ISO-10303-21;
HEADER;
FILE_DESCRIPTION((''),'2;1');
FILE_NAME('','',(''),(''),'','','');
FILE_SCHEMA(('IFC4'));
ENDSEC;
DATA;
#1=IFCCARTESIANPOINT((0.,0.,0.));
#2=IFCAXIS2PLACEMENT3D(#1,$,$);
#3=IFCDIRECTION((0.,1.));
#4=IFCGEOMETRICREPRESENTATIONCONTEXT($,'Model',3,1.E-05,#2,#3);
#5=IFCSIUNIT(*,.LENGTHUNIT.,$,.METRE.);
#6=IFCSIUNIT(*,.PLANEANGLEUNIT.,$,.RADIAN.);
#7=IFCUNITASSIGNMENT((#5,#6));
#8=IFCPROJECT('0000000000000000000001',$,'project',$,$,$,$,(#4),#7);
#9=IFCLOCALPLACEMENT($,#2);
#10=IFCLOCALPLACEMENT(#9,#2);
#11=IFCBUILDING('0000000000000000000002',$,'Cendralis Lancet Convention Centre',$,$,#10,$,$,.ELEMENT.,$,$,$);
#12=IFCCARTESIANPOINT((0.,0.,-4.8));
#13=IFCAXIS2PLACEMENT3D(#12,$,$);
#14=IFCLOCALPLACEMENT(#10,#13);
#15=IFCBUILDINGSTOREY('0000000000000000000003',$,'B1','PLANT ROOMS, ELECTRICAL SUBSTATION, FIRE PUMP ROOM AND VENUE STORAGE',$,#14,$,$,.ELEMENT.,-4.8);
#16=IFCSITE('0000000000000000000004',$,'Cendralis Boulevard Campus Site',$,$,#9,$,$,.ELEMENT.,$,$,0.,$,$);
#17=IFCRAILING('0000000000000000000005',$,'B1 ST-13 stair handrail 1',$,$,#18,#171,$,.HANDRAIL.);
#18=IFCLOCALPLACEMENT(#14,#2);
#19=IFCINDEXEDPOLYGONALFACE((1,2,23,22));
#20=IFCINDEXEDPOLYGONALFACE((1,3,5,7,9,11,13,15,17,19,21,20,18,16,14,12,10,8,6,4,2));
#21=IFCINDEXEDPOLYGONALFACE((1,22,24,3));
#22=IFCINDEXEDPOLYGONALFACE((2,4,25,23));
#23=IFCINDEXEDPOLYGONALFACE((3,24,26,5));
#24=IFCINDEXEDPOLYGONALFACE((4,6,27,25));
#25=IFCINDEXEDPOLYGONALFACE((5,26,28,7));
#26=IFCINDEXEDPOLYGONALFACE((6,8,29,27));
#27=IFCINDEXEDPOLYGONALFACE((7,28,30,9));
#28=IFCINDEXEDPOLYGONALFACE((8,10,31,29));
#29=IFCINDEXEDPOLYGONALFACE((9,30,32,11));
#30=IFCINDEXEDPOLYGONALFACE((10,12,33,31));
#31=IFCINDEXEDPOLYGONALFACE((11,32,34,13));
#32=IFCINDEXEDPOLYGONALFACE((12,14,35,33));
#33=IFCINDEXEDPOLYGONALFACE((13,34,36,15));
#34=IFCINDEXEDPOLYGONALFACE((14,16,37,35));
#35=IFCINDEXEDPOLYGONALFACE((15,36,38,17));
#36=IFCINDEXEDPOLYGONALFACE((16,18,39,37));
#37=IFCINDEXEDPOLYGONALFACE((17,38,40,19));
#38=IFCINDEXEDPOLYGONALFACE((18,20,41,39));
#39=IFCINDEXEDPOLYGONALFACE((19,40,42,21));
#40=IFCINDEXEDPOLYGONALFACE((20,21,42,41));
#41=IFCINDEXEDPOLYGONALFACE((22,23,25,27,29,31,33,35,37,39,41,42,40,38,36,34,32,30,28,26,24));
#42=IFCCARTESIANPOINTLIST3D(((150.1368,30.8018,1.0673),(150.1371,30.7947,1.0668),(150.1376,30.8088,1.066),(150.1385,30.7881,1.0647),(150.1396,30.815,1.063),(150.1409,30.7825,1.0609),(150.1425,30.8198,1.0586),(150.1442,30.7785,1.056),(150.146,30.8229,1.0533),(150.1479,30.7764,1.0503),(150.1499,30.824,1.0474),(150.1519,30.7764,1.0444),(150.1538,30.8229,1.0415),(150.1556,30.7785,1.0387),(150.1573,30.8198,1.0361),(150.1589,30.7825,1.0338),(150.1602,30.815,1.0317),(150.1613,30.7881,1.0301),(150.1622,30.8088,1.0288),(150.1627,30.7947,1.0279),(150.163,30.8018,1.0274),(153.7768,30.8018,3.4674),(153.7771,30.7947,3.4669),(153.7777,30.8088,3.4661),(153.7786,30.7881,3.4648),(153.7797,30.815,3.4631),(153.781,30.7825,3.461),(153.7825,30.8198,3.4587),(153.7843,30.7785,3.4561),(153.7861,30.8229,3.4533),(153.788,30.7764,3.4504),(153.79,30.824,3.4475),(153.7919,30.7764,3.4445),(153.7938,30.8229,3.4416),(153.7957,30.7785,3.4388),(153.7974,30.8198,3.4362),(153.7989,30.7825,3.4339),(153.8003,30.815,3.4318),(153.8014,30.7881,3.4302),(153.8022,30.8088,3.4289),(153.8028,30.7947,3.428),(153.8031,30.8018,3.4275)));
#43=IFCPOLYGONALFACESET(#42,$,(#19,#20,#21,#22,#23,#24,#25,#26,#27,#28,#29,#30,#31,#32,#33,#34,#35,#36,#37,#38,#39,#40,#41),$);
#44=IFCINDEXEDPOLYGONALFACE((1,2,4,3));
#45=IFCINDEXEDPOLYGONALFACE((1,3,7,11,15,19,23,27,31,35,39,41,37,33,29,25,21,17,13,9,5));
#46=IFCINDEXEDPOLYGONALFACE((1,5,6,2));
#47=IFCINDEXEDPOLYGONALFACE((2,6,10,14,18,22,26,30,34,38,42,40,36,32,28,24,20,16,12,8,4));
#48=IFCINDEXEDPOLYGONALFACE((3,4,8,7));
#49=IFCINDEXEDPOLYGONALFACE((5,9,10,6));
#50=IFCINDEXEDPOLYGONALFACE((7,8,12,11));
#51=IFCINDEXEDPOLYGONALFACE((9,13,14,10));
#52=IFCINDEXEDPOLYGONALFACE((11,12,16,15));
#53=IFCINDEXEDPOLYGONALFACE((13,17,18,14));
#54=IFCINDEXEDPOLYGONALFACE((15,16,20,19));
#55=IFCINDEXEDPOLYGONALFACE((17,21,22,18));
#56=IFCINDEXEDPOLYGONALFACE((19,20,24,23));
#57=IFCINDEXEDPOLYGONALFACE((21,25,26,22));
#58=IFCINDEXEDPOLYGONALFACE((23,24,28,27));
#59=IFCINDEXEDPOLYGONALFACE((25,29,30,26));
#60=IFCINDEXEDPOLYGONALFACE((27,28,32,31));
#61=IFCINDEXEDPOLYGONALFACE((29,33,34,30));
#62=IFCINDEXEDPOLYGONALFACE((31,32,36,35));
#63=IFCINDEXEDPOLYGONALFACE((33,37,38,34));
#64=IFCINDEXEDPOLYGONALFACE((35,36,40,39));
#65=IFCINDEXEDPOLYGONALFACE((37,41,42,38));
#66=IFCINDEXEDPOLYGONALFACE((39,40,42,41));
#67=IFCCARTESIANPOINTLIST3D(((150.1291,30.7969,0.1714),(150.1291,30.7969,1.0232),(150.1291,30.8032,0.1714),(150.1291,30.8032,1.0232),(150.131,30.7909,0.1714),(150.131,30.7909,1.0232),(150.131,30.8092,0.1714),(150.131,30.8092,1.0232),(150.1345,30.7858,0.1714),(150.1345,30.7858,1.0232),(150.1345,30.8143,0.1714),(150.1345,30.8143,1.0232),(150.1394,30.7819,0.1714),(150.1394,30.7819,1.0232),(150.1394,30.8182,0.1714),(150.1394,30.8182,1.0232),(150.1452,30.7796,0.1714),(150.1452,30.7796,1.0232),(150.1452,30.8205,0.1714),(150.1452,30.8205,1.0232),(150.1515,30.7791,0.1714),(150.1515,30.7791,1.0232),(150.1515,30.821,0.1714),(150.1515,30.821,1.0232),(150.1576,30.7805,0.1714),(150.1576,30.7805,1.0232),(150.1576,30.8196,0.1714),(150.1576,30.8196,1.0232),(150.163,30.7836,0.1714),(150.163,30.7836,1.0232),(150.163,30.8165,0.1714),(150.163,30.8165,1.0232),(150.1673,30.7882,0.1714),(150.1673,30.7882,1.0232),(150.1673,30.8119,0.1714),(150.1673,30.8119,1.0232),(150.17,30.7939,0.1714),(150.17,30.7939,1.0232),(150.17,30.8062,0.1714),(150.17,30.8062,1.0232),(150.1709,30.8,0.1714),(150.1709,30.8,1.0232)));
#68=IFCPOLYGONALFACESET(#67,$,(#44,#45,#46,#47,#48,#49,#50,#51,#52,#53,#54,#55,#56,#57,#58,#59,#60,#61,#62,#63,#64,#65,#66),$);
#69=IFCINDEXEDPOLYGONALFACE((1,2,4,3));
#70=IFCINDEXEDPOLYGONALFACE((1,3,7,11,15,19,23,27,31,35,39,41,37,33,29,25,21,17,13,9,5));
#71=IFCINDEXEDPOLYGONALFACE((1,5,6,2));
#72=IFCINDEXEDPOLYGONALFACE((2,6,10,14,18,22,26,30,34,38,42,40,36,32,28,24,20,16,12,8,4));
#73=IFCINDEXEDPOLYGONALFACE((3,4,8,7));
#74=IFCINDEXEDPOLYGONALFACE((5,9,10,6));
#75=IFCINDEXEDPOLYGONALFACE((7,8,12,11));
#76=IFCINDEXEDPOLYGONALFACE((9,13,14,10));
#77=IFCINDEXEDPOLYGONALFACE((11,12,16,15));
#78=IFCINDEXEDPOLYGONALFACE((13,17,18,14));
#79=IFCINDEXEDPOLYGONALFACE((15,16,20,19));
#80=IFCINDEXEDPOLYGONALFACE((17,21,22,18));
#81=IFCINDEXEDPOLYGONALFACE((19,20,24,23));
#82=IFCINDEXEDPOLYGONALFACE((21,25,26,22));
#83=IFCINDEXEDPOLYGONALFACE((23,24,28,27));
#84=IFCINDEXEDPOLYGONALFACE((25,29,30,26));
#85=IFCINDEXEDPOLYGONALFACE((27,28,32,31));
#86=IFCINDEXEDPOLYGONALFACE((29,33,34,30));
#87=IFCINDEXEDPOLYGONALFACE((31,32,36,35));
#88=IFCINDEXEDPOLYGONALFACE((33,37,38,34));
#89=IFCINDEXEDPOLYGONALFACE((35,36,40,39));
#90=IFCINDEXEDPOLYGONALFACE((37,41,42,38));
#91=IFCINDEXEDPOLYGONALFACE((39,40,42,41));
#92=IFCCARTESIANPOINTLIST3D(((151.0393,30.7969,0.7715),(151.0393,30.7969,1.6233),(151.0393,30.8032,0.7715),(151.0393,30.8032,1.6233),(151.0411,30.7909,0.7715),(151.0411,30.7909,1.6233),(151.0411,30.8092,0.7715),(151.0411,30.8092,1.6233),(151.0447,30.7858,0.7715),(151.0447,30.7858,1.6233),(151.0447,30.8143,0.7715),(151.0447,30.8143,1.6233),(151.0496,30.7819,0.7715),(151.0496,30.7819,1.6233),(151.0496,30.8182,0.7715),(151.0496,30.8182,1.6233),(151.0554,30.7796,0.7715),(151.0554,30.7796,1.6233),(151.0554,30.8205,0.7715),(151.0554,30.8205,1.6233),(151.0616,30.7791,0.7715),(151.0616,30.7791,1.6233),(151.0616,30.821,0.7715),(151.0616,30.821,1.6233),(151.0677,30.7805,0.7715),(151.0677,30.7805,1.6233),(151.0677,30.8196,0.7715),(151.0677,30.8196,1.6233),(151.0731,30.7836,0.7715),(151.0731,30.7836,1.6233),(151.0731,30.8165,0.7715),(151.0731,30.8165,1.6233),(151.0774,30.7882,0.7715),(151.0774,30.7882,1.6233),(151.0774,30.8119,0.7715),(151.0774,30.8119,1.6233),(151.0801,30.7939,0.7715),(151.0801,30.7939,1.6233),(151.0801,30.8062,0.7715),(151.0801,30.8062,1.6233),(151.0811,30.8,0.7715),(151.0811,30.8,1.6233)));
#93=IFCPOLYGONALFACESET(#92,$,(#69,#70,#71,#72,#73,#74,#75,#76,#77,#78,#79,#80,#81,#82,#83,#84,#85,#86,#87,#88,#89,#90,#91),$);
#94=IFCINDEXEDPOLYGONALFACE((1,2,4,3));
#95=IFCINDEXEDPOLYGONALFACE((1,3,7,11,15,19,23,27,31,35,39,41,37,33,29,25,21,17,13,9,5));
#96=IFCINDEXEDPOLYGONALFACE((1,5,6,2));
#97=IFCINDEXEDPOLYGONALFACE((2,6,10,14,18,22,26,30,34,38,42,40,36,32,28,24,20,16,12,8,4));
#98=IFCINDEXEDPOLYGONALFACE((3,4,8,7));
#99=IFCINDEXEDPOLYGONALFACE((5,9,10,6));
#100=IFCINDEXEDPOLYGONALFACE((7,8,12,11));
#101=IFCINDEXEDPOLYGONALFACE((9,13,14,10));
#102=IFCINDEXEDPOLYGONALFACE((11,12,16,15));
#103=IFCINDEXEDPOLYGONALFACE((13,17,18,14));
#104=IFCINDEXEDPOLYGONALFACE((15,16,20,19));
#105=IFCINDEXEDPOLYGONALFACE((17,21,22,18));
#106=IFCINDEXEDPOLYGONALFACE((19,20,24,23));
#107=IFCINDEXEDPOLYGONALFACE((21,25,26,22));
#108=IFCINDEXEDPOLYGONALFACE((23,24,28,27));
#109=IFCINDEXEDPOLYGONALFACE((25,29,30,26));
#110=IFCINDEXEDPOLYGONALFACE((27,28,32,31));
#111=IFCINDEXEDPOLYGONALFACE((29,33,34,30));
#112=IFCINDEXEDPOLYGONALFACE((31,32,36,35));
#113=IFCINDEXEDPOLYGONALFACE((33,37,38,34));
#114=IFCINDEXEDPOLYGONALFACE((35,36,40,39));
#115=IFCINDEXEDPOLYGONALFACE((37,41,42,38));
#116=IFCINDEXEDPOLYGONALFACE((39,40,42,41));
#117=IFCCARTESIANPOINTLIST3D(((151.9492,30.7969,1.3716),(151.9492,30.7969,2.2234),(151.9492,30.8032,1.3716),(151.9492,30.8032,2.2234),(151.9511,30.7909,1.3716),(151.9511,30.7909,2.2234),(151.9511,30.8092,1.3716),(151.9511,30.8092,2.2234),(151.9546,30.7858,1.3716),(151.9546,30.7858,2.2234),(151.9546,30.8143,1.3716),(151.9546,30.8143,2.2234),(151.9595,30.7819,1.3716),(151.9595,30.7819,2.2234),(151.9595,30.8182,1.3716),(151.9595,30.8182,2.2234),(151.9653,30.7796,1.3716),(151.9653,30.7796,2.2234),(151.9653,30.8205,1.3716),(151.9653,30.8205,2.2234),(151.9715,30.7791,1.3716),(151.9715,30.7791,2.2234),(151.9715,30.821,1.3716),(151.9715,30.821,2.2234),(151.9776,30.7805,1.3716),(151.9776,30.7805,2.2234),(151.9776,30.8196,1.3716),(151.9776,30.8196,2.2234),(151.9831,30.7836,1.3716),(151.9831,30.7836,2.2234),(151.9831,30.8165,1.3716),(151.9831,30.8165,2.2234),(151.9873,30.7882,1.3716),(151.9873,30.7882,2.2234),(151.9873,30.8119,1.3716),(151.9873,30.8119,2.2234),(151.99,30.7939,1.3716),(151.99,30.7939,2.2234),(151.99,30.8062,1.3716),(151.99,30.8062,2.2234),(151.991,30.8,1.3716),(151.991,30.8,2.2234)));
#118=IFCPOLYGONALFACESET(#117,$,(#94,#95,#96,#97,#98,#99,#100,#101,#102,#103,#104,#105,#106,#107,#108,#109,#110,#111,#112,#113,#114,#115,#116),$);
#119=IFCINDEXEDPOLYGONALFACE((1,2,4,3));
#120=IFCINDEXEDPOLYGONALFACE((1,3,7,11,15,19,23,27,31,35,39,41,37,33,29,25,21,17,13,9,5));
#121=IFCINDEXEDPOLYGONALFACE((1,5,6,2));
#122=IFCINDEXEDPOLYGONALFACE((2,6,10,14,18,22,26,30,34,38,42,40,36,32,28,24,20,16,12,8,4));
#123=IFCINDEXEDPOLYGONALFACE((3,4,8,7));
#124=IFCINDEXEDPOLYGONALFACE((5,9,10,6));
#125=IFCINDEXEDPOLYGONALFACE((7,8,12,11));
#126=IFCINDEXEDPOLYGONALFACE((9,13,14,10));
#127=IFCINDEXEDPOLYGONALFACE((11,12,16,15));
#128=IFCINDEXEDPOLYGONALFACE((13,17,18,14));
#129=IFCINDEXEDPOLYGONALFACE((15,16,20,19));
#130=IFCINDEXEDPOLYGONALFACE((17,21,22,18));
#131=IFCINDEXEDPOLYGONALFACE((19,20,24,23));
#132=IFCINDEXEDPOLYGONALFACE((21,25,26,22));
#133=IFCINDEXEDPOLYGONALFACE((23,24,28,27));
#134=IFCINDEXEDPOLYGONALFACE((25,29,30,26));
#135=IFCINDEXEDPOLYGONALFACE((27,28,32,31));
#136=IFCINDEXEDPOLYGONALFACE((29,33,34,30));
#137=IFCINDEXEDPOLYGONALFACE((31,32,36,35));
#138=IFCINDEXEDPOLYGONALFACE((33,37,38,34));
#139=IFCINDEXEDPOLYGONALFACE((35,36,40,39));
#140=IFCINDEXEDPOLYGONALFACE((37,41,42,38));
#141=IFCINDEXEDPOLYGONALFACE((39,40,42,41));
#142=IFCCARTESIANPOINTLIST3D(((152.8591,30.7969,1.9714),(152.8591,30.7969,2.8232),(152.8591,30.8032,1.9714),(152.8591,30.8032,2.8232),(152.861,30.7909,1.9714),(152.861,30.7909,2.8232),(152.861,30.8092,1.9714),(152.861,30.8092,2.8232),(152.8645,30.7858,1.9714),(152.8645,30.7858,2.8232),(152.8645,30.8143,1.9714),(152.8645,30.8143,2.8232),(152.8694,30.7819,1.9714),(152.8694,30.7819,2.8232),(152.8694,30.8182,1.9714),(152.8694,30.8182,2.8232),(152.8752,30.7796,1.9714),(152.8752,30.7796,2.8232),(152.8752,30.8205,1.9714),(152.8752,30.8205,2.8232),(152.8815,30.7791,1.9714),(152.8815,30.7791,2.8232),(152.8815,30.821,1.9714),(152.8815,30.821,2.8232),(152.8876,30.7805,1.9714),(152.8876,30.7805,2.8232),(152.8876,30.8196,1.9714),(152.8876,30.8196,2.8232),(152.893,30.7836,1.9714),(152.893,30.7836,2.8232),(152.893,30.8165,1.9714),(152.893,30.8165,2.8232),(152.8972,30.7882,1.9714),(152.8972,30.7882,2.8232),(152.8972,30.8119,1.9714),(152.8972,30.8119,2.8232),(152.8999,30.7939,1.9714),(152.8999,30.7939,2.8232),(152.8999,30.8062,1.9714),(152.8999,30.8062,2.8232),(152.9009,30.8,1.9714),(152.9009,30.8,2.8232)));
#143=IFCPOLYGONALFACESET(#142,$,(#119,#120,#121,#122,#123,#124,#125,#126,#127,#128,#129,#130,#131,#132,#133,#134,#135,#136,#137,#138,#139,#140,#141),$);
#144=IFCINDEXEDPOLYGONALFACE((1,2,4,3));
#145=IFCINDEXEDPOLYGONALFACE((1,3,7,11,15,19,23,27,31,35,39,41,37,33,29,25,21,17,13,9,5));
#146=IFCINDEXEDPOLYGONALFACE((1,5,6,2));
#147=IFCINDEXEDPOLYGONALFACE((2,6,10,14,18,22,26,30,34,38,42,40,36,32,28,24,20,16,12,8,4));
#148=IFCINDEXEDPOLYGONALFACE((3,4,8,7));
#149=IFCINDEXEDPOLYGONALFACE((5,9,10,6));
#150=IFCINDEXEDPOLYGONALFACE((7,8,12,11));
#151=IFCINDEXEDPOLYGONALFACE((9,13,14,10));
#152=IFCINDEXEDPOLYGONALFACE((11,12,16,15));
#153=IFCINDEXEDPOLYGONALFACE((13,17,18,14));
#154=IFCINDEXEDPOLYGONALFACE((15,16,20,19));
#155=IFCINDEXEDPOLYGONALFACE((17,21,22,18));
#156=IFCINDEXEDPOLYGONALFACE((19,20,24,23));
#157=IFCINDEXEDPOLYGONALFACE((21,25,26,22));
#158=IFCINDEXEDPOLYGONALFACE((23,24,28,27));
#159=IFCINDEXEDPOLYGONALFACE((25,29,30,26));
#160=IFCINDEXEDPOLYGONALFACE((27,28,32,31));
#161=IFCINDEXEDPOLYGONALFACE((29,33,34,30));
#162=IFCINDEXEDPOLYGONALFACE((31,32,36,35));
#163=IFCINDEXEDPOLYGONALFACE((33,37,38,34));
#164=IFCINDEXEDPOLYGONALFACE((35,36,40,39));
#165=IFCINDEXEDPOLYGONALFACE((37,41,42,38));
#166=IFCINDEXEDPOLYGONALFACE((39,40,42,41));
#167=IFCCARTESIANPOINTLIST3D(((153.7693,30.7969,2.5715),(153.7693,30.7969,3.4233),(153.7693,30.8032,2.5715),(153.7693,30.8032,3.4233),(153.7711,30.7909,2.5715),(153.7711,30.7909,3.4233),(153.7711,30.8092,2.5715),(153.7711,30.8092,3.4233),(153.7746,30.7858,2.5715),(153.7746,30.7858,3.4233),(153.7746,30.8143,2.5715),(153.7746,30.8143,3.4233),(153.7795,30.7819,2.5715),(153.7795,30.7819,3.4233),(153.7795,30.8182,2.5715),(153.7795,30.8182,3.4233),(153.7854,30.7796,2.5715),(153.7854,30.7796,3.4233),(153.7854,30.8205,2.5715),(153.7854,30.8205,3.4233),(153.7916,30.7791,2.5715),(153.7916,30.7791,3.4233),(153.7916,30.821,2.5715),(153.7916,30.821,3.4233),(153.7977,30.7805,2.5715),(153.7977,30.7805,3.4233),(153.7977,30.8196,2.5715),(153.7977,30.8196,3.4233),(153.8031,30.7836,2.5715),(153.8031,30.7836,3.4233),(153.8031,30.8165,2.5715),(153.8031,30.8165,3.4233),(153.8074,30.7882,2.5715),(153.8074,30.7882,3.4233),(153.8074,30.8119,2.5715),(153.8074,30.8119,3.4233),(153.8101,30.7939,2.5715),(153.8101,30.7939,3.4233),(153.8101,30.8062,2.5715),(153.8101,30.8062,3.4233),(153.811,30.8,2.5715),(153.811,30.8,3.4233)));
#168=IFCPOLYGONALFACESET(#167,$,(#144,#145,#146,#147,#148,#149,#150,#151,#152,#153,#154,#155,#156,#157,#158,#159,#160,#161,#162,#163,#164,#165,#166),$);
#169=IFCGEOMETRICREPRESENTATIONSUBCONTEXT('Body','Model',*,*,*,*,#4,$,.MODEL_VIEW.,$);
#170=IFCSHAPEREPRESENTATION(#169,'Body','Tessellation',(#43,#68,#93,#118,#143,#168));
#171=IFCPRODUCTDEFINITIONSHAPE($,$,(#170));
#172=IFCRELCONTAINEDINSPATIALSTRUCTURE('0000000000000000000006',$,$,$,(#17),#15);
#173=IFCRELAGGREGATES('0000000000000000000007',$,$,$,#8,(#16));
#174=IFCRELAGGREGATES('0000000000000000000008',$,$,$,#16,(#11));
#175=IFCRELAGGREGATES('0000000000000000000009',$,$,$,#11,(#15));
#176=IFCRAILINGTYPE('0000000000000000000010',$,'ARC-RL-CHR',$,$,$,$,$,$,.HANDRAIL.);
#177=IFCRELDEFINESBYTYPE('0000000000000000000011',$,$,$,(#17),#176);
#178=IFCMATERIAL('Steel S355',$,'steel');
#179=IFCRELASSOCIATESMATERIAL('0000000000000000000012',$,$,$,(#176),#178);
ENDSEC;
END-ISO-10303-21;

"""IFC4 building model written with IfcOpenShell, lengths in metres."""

from ifc_helpers import new_model, si_unit, direction, frame, origin, origin_2d, place, context, subcontext, project, spatial, circle, extrude, material, type_object, element, save


model = new_model("IFC4")

# Units and contexts
model_context = context("Model", 3, precision=1e-05, world=origin(), true_north=direction((0.0, 1.0)))
body_context = subcontext(model_context, "Body", "Model", "MODEL_VIEW")
ifc_project = project(units=[si_unit("LENGTHUNIT", "METRE"), si_unit("PLANEANGLEUNIT", "RADIAN")], contexts=[model_context])

# Site, building, storey
site_placement = place(None, origin())
site = spatial("IfcSite", under=ifc_project, at=site_placement, Name="Cendralis Boulevard Campus Site", CompositionType="ELEMENT", RefElevation=0.0)
building_placement = place(site_placement, origin())
building = spatial("IfcBuilding", under=site, at=building_placement, Name="Cendralis Lancet Convention Centre", CompositionType="ELEMENT")
storey_placement = place(building_placement, frame((0.0, 0.0, -4.8)))
storey = spatial("IfcBuildingStorey", under=building, at=storey_placement, Name="B1", Description="PLANT ROOMS, ELECTRICAL SUBSTATION, FIRE PUMP ROOM AND VENUE STORAGE", CompositionType="ELEMENT", Elevation=-4.8)

# Shared definitions
ifc_material_1 = material(Name="Steel S355", Category="steel")

# Railing
railing_type_1 = type_object("IfcRailingType", Name="ARC-RL-CHR", PredefinedType="HANDRAIL", material=ifc_material_1)
railing_1_placement = place(storey_placement, frame((150.1499, 30.8, 0.1714)))
element("IfcRailing", 1, at=railing_1_placement, inside=storey, type_object=railing_type_1, Name="B1 ST-13 stair handrail 1", PredefinedType="HANDRAIL", context=body_context, shape_type="SweptSolid", body=[
    extrude(circle(Radius=0.0239, at=origin_2d()), frame((0.0, 0.0, 0.876), z_axis=(0.834856, 0.0, 0.550468), x_axis=(0.0, 1.0, 0.0)), (0.0, 0.0, 1.0), 4.3601),
    extrude(circle(Radius=0.021, at=origin_2d()), origin(), (0.0, 0.0, 1.0), 0.8518),
    extrude(circle(Radius=0.021, at=origin_2d()), frame((0.9102, 0.0, 0.6001)), (0.0, 0.0, 1.0), 0.8518),
    extrude(circle(Radius=0.021, at=origin_2d()), frame((1.8201, 0.0, 1.2002)), (0.0, 0.0, 1.0), 0.8518),
    extrude(circle(Radius=0.021, at=origin_2d()), frame((2.73, 0.0, 1.8)), (0.0, 0.0, 1.0), 0.8518),
    extrude(circle(Radius=0.021, at=origin_2d()), frame((3.6401, 0.0, 2.4001)), (0.0, 0.0, 1.0), 0.8518),
])

save(model, "model.ifc")
